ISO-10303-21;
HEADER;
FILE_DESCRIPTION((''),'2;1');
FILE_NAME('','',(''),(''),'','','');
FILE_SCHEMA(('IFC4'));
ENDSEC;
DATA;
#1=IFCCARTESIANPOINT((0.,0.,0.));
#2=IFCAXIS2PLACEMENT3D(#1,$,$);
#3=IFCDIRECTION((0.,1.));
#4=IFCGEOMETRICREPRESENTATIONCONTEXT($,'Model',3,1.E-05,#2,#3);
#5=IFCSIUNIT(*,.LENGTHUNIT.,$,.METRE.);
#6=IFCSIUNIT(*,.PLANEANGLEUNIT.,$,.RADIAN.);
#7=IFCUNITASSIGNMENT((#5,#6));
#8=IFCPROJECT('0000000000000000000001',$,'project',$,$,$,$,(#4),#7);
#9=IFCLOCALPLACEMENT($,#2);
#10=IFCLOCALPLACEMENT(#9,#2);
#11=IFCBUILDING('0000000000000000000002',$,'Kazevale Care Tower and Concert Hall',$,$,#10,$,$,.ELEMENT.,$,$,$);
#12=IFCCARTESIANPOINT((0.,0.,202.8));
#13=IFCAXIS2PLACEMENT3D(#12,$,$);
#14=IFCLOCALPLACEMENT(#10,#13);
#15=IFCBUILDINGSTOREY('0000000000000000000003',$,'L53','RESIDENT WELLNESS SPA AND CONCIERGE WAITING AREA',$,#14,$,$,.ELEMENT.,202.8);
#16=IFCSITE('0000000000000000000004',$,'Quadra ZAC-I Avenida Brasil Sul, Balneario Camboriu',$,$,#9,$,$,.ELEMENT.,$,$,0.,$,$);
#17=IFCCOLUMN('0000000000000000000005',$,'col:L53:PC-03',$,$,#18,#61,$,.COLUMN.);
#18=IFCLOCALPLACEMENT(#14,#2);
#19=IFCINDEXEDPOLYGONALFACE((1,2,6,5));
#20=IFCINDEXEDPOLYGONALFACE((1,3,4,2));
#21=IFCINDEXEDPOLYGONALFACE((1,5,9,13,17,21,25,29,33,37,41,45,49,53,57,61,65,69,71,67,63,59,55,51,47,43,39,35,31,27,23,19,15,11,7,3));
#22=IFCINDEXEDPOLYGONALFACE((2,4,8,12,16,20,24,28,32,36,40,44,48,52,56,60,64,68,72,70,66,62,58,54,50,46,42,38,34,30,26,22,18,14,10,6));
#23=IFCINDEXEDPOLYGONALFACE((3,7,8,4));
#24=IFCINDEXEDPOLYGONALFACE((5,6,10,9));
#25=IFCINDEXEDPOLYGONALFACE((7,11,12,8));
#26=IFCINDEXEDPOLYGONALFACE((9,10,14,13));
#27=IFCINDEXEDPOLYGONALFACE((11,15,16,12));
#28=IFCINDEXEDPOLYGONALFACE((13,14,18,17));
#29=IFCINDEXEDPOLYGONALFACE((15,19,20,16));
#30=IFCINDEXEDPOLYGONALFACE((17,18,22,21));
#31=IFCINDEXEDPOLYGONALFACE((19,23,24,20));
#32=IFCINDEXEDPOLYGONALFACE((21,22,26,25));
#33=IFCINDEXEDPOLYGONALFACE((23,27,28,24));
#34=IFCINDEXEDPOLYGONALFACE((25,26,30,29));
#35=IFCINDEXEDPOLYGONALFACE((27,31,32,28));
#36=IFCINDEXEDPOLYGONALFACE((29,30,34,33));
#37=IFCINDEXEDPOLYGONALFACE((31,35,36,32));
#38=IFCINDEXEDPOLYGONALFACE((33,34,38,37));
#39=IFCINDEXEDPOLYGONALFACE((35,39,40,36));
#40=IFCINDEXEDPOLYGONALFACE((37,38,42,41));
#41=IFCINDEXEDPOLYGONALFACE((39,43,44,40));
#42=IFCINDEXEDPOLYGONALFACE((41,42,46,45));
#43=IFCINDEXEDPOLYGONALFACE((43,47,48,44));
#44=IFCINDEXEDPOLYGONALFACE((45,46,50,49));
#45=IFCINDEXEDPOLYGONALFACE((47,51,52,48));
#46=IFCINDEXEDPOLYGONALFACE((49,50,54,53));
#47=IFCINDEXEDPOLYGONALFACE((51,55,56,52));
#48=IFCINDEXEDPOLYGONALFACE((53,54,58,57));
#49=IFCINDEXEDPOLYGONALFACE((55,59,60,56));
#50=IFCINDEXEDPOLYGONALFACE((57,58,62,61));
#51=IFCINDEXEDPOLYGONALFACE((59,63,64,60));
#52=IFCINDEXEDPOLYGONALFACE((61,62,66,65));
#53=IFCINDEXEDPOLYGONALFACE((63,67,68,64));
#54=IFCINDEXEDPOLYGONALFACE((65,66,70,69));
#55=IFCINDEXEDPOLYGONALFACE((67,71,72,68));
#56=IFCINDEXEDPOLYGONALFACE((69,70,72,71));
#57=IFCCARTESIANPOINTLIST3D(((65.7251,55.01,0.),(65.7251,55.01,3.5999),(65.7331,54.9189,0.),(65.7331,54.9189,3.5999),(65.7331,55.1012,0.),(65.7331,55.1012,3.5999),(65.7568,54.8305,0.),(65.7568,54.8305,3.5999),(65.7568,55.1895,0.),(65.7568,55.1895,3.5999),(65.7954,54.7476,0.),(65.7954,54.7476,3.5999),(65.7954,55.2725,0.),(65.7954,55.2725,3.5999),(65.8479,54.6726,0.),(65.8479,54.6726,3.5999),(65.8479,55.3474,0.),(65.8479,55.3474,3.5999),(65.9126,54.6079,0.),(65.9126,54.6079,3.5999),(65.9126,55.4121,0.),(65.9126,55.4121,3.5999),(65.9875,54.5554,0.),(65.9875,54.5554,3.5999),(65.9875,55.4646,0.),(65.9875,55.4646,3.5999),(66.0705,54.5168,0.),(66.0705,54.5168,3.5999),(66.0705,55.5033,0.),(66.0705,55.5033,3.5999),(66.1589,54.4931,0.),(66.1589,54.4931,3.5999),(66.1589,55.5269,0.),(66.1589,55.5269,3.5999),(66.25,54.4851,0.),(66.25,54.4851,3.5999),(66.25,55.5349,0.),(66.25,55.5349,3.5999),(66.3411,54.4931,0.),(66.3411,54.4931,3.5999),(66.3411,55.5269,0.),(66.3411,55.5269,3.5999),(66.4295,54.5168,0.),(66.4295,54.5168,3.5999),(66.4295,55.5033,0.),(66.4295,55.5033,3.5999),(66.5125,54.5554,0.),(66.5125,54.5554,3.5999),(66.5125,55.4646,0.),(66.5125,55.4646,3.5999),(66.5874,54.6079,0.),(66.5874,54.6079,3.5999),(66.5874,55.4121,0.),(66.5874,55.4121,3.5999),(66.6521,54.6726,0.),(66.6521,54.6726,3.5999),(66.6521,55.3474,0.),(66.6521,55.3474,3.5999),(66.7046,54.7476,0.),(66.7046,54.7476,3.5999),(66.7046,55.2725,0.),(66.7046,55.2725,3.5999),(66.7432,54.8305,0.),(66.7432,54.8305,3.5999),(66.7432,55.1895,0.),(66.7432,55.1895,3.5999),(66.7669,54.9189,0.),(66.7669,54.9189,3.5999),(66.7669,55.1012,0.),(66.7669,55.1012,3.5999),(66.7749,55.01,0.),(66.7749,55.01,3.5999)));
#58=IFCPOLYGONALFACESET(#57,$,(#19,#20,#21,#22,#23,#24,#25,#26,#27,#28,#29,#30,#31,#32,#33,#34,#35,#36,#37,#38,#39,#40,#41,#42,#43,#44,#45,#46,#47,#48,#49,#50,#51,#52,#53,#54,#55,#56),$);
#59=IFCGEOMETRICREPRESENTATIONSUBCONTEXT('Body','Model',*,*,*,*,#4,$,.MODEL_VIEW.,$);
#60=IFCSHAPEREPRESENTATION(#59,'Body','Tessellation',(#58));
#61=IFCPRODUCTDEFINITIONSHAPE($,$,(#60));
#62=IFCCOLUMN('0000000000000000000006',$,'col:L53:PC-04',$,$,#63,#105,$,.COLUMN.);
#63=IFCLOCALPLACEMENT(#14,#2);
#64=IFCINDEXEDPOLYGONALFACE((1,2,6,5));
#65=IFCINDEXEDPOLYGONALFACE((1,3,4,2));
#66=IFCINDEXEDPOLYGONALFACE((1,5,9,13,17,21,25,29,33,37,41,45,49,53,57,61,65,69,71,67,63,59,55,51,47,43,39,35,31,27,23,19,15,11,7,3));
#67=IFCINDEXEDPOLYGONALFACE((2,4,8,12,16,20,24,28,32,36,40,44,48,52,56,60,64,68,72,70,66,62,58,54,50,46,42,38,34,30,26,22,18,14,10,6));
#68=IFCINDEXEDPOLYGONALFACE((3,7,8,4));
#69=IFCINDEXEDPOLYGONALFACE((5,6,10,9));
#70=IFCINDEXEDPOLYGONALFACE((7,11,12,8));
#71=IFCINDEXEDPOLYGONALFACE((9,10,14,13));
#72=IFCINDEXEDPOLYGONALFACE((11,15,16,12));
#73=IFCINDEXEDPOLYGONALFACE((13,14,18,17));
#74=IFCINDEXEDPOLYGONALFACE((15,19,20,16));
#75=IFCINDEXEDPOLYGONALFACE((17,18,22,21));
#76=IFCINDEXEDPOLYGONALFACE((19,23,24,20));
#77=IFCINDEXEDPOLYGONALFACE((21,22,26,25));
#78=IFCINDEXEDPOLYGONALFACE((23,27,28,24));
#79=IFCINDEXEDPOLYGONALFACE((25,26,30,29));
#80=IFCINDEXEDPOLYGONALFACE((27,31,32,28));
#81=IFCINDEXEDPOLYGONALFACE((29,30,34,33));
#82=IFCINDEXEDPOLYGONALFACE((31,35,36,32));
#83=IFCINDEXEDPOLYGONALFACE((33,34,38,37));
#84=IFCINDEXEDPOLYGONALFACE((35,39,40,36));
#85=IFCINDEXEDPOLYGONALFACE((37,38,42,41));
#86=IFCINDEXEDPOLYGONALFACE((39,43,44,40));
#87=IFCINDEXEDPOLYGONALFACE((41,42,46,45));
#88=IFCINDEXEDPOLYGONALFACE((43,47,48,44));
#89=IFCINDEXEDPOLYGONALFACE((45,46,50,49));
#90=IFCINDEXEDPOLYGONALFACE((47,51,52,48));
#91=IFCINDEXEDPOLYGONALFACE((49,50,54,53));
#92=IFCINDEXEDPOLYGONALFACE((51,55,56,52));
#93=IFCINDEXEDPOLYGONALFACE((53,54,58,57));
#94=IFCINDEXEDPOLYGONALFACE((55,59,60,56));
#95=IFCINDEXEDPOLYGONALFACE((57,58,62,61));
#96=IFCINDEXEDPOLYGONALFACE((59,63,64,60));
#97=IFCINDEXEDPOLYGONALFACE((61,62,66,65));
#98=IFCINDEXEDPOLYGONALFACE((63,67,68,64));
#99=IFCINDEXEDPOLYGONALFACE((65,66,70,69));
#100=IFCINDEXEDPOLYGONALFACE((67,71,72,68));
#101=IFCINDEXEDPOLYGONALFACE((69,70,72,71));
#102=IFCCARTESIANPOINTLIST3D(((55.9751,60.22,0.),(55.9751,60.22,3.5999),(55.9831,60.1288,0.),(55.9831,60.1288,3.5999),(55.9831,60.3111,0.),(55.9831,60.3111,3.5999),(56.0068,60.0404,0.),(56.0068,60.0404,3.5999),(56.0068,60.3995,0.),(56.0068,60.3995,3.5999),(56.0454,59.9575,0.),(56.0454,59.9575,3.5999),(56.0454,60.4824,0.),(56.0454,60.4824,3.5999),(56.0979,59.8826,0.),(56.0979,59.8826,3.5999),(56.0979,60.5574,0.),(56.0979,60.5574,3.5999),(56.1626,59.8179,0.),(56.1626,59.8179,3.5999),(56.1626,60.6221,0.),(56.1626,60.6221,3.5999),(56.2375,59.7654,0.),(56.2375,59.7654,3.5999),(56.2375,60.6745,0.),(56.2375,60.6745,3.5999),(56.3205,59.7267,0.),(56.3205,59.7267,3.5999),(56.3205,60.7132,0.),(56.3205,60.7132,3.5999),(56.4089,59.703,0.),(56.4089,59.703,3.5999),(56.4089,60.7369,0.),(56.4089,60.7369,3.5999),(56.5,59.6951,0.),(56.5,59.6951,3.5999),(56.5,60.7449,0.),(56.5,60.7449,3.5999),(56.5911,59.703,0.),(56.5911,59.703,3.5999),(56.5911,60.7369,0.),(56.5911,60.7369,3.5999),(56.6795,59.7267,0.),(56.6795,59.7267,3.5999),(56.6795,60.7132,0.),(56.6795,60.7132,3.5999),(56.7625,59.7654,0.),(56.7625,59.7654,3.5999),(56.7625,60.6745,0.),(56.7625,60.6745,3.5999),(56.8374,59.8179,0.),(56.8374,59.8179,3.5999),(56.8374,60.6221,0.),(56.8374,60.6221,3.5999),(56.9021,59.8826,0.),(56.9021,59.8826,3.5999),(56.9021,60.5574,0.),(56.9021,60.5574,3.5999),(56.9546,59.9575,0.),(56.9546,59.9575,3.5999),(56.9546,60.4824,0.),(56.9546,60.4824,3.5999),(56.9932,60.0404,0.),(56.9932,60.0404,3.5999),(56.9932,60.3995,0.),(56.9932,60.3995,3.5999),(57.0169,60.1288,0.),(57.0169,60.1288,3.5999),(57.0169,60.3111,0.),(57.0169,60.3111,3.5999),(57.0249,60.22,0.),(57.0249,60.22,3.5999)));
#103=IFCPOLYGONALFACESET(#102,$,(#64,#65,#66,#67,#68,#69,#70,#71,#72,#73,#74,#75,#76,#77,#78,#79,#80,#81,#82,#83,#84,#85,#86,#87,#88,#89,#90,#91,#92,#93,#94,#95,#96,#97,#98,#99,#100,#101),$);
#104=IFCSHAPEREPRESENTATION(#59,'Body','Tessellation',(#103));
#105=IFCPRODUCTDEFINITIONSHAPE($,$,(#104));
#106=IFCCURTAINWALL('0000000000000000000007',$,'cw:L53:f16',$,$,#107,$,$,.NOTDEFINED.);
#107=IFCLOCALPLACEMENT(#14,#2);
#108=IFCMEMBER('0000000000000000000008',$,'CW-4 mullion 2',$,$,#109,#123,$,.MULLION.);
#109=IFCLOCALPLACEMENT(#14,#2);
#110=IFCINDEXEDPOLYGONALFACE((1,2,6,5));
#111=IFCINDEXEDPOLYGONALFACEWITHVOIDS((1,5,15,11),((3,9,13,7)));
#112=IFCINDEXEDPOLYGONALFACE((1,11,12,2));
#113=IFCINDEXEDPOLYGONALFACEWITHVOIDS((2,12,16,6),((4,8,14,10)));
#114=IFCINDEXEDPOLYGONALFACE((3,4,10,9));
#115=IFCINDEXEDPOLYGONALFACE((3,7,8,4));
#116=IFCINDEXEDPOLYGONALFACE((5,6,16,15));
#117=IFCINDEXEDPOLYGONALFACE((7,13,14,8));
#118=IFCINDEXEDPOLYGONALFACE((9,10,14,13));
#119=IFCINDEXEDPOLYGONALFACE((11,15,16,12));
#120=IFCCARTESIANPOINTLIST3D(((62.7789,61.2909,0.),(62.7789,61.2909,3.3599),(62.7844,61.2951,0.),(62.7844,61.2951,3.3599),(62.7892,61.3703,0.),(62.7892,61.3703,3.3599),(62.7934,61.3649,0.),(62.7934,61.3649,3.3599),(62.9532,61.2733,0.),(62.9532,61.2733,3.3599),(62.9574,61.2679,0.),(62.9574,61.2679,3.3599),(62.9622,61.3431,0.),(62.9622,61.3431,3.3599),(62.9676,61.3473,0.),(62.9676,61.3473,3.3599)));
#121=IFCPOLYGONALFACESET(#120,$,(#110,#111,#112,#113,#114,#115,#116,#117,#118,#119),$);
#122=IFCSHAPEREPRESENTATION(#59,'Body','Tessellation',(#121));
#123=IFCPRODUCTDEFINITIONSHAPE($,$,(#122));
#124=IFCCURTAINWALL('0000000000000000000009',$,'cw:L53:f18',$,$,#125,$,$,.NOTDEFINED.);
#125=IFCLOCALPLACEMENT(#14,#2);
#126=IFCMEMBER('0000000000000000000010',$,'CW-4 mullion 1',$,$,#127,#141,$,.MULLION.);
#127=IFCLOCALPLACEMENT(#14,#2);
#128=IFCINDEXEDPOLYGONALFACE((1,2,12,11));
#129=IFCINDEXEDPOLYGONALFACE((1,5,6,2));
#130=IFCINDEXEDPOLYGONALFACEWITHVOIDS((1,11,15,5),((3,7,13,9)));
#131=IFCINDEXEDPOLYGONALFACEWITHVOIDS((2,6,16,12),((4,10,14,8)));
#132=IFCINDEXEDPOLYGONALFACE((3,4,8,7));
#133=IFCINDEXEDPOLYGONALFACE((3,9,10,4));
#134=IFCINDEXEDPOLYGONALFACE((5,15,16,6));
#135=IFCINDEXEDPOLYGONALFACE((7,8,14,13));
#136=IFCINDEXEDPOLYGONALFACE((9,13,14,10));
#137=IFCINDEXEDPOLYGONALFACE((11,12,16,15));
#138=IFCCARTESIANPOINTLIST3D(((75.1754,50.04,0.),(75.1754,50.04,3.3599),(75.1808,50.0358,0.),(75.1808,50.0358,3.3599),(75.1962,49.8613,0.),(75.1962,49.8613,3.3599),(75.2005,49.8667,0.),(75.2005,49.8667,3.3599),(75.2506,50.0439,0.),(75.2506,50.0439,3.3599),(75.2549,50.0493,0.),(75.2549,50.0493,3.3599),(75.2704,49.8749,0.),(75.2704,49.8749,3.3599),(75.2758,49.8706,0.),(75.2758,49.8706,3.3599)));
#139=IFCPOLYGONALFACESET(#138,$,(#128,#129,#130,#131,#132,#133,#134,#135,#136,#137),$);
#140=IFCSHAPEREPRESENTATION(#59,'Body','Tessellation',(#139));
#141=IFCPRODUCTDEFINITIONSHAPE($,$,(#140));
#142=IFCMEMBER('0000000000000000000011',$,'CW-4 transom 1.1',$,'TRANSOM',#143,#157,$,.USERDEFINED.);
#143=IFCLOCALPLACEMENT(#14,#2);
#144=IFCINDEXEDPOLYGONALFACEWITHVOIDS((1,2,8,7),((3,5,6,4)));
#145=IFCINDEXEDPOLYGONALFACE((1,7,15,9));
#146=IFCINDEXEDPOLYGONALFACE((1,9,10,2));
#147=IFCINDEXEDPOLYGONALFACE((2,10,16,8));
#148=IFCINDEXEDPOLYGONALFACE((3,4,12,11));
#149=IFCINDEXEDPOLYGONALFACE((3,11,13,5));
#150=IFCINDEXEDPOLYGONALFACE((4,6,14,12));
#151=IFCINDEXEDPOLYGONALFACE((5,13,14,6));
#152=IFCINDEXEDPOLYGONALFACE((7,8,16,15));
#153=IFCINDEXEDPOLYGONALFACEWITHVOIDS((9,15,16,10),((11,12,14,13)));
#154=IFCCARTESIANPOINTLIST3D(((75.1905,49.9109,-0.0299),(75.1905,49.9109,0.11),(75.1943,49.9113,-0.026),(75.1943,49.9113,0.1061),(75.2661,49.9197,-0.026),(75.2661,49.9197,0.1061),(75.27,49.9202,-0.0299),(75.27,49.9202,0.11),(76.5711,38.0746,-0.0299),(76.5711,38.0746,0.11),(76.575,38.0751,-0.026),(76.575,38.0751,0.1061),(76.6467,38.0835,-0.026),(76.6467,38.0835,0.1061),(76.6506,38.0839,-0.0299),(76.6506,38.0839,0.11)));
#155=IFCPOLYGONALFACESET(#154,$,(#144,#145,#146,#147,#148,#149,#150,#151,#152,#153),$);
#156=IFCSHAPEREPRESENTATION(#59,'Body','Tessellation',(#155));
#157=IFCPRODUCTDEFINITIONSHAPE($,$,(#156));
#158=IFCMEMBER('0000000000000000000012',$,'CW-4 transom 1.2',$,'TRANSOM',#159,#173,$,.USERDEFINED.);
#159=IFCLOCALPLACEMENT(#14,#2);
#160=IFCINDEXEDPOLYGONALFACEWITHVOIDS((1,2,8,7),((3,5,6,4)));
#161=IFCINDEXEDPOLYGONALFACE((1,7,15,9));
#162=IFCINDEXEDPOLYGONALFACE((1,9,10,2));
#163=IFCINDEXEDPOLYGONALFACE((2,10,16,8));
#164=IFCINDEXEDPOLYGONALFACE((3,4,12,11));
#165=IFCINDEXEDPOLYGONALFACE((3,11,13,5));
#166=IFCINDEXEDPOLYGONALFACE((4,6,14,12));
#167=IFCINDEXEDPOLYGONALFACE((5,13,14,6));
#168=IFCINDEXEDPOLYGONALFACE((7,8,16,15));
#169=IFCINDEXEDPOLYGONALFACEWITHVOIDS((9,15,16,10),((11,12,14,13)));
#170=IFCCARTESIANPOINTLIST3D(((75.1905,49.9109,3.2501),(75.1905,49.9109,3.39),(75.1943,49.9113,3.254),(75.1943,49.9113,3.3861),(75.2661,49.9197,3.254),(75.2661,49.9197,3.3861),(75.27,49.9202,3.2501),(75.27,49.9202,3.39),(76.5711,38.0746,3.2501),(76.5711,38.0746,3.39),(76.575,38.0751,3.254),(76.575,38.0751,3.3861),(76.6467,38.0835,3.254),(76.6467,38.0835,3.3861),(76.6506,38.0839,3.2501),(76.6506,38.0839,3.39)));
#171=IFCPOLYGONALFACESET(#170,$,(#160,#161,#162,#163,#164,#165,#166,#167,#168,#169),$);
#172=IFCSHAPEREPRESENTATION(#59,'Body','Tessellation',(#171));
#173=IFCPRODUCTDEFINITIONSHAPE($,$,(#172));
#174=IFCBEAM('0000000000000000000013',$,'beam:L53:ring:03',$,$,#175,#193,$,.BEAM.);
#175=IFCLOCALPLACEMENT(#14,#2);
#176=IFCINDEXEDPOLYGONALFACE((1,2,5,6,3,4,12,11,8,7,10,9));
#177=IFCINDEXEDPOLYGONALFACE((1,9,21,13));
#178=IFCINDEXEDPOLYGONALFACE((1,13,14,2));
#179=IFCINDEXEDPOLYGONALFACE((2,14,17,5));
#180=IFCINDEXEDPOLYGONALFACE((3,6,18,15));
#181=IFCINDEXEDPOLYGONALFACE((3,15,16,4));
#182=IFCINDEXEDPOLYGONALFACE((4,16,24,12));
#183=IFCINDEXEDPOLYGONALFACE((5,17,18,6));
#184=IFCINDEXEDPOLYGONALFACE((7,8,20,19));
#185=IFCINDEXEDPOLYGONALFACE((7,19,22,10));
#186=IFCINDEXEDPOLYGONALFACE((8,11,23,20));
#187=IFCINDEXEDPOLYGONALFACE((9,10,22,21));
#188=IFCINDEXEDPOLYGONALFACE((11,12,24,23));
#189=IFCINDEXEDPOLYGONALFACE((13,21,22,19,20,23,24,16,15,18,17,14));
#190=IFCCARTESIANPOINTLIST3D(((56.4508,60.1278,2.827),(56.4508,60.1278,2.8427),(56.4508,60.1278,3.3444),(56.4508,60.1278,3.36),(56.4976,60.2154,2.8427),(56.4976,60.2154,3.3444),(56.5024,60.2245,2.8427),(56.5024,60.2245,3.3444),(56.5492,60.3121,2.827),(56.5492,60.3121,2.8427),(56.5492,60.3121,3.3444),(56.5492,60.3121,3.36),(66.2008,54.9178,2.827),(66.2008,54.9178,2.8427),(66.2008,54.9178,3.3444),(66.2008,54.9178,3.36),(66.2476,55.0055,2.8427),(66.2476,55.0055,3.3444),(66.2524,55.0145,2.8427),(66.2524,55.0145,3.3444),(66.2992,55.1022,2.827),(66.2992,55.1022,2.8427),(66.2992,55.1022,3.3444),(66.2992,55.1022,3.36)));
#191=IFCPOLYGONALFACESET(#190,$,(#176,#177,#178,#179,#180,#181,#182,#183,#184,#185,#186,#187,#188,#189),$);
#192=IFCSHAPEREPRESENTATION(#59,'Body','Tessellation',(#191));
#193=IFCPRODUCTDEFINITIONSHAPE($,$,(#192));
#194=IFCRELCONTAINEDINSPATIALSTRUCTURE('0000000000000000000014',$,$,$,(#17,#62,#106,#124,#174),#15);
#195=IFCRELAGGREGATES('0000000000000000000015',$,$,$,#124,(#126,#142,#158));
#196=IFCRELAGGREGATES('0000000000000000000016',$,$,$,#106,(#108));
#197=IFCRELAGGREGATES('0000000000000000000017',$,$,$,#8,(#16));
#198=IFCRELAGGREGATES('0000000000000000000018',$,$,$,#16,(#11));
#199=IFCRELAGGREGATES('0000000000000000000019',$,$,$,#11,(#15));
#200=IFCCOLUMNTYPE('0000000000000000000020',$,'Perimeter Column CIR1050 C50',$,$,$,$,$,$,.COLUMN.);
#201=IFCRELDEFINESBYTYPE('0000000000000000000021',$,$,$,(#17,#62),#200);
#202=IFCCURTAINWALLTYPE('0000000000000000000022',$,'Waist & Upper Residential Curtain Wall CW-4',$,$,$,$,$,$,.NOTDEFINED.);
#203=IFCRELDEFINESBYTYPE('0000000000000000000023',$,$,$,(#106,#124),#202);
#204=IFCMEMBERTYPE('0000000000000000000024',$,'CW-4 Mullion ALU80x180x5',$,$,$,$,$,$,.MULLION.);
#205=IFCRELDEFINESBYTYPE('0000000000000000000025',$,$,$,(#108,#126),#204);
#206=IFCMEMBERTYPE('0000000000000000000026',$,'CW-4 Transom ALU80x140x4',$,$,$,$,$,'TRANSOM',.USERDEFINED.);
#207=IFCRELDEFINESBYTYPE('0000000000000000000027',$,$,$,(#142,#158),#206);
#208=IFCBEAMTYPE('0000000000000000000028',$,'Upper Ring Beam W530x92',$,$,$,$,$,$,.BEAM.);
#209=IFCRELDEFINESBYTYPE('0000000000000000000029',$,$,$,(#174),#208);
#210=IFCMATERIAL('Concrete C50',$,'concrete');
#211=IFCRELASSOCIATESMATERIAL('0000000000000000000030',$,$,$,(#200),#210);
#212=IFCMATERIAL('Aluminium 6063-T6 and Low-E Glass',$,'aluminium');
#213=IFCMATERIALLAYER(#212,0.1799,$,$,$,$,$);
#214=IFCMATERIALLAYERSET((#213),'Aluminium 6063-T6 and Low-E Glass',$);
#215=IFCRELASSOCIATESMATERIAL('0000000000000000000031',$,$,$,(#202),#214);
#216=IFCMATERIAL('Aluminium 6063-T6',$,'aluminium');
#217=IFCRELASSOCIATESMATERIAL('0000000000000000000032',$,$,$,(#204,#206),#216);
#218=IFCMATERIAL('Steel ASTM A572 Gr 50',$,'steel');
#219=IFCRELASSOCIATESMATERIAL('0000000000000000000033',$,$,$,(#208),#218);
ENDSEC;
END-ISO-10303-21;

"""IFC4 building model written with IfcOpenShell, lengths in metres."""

from ifc_helpers import new_model, si_unit, direction, frame, origin, origin_2d, place, context, subcontext, project, spatial, hollow_rectangle, circle, i_section, extrude, material, layer, layer_set, material_profile, profile_set, type_object, element, aggregate, save


model = new_model("IFC4")

# Units and contexts
model_context = context("Model", 3, precision=1e-05, world=origin(), true_north=direction((0.0, 1.0)))
body_context = subcontext(model_context, "Body", "Model", "MODEL_VIEW")
ifc_project = project(units=[si_unit("LENGTHUNIT", "METRE"), si_unit("PLANEANGLEUNIT", "RADIAN")], contexts=[model_context])

# Site, building, storey
site_placement = place(None, origin())
site = spatial("IfcSite", under=ifc_project, at=site_placement, Name="Quadra ZAC-I Avenida Brasil Sul, Balneario Camboriu", CompositionType="ELEMENT", RefElevation=0.0)
building_placement = place(site_placement, origin())
building = spatial("IfcBuilding", under=site, at=building_placement, Name="Kazevale Care Tower and Concert Hall", CompositionType="ELEMENT")
storey_placement = place(building_placement, frame((0.0, 0.0, 202.8)))
storey = spatial("IfcBuildingStorey", under=building, at=storey_placement, Name="L53", Description="RESIDENT WELLNESS SPA AND CONCIERGE WAITING AREA", CompositionType="ELEMENT", Elevation=202.8)

# Columns
ifc_material_1 = material(Name="Concrete C50", Category="concrete")
ifc_material_profile_1 = material_profile(ifc_material_1, circle(Radius=0.5249, at=origin_2d()), Name="RC-CIR1050")
ifc_profile_set_1 = profile_set([ifc_material_profile_1], Name="Concrete C50")
column_type = type_object("IfcColumnType", Name="Perimeter Column CIR1050 C50", PredefinedType="COLUMN", material=ifc_profile_set_1)
for number, where, z_axis, x_axis, name in (
    (1, (66.25, 55.01, 0.0), (0.0, 0.0, 1.0), (1.0, 0.0, 0.0), "col:L53:PC-03"),
    (2, (56.5, 60.22, 0.0), (0.0, 0.0, 1.0), (1.0, 0.0, 0.0), "col:L53:PC-04"),
):
    element("IfcColumn", number, at=place(storey_placement, frame(where, z_axis=z_axis, x_axis=x_axis)), inside=storey, type_object=column_type, Name=name, PredefinedType="COLUMN", context=body_context, shape_type="SweptSolid", body=[
        extrude(circle(Radius=0.5249, at=origin_2d()), origin(), (0.0, 0.0, 1.0), 3.5999),
    ])

# Curtain wall, member
ifc_material_2 = material(Name="Aluminium 6063-T6 and Low-E Glass", Category="aluminium")
ifc_layer_1 = layer(ifc_material_2, 0.1799)
ifc_layer_set_1 = layer_set([ifc_layer_1], Name="Aluminium 6063-T6 and Low-E Glass")
curtain_wall_type = type_object("IfcCurtainWallType", Name="Waist & Upper Residential Curtain Wall CW-4", PredefinedType="NOTDEFINED", material=ifc_layer_set_1)
curtain_wall_1_placement = place(storey_placement, origin())
curtain_wall_1 = element("IfcCurtainWall", 3, at=curtain_wall_1_placement, inside=storey, type_object=curtain_wall_type, Name="cw:L53:f16", PredefinedType="NOTDEFINED")
ifc_material_3 = material(Name="Aluminium 6063-T6", Category="aluminium")
ifc_material_profile_2 = material_profile(ifc_material_3, hollow_rectangle(XDim=0.0801, YDim=0.1799, WallThickness=0.0049, at=origin_2d()), Name="ALU80x180x5")
ifc_profile_set_2 = profile_set([ifc_material_profile_2], Name="Aluminium 6063-T6")
member_type_1 = type_object("IfcMemberType", Name="CW-4 Mullion ALU80x180x5", PredefinedType="MULLION", material=ifc_profile_set_2)
member_1_placement = place(storey_placement, frame((62.8733, 61.3191, 0.0), z_axis=(0.0, 0.0, 1.0), x_axis=(0.128098, 0.991761, 0.0)))
member_1 = element("IfcMember", 4, at=member_1_placement, type_object=member_type_1, Name="CW-4 mullion 2", PredefinedType="MULLION", context=body_context, shape_type="SweptSolid", body=[
    extrude(hollow_rectangle(XDim=0.0801, YDim=0.1799, WallThickness=0.0049, at=origin_2d()), origin(), (0.0, 0.0, 1.0), 3.3599),
])

# Curtain wall, members
curtain_wall_2_placement = place(storey_placement, origin())
curtain_wall_2 = element("IfcCurtainWall", 5, at=curtain_wall_2_placement, inside=storey, type_object=curtain_wall_type, Name="cw:L53:f18", PredefinedType="NOTDEFINED")
member_2_placement = place(storey_placement, frame((75.2256, 49.9553, 0.0), z_axis=(0.0, 0.0, 1.0), x_axis=(0.993267, 0.115847, 0.0)))
member_2 = element("IfcMember", 6, at=member_2_placement, type_object=member_type_1, Name="CW-4 mullion 1", PredefinedType="MULLION", context=body_context, shape_type="SweptSolid", body=[
    extrude(hollow_rectangle(XDim=0.0801, YDim=0.1799, WallThickness=0.0049, at=origin_2d()), origin(), (0.0, 0.0, 1.0), 3.3599),
])
ifc_material_profile_3 = material_profile(ifc_material_3, hollow_rectangle(XDim=0.0801, YDim=0.1399, WallThickness=0.0039, at=origin_2d()), Name="ALU80x140x4")
ifc_profile_set_3 = profile_set([ifc_material_profile_3], Name="Aluminium 6063-T6")
member_type_2 = type_object("IfcMemberType", Name="CW-4 Transom ALU80x140x4", ElementType="TRANSOM", PredefinedType="USERDEFINED", material=ifc_profile_set_3)
member_3_placement = place(storey_placement, frame((75.2302, 49.9155, 0.04), z_axis=(0.115858, -0.993266, 0.0), x_axis=(0.993266, 0.115858, 0.0)))
member_3 = element("IfcMember", 7, at=member_3_placement, type_object=member_type_2, Name="CW-4 transom 1.1", ObjectType="TRANSOM", PredefinedType="USERDEFINED", context=body_context, shape_type="SweptSolid", body=[
    extrude(hollow_rectangle(XDim=0.0801, YDim=0.1399, WallThickness=0.0039, at=origin_2d()), origin(), (0.0, 0.0, 1.0), 11.9165),
])
member_4_placement = place(storey_placement, frame((75.2302, 49.9155, 3.3201), z_axis=(0.115858, -0.993266, 0.0), x_axis=(0.993266, 0.115858, 0.0)))
member_4 = element("IfcMember", 8, at=member_4_placement, type_object=member_type_2, Name="CW-4 transom 1.2", ObjectType="TRANSOM", PredefinedType="USERDEFINED", context=body_context, shape_type="SweptSolid", body=[
    extrude(hollow_rectangle(XDim=0.0801, YDim=0.1399, WallThickness=0.0039, at=origin_2d()), origin(), (0.0, 0.0, 1.0), 11.9165),
])
aggregate(curtain_wall_2, [member_2, member_3, member_4])

# Beam
ifc_material_4 = material(Name="Steel ASTM A572 Gr 50", Category="steel")
ifc_material_profile_4 = material_profile(ifc_material_4, i_section(OverallWidth=0.209, OverallDepth=0.533, WebThickness=0.0103, FlangeThickness=0.0156, at=origin_2d()), Name="W530x92")
ifc_profile_set_4 = profile_set([ifc_material_profile_4], Name="Steel ASTM A572 Gr 50")
beam_type = type_object("IfcBeamType", Name="Upper Ring Beam W530x92", PredefinedType="BEAM", material=ifc_profile_set_4)
beam_1_placement = place(storey_placement, frame((66.25, 55.01, 3.0935), z_axis=(-0.881979, 0.47129, 0.0), x_axis=(-0.47129, -0.881979, 0.0)))
element("IfcBeam", 9, at=beam_1_placement, inside=storey, type_object=beam_type, Name="beam:L53:ring:03", PredefinedType="BEAM", context=body_context, shape_type="SweptSolid", body=[
    extrude(i_section(OverallWidth=0.209, OverallDepth=0.533, WebThickness=0.0103, FlangeThickness=0.0156, at=origin_2d()), origin(), (0.0, 0.0, 1.0), 11.0547),
])

aggregate(curtain_wall_1, [member_1])

save(model, "model.ifc")
